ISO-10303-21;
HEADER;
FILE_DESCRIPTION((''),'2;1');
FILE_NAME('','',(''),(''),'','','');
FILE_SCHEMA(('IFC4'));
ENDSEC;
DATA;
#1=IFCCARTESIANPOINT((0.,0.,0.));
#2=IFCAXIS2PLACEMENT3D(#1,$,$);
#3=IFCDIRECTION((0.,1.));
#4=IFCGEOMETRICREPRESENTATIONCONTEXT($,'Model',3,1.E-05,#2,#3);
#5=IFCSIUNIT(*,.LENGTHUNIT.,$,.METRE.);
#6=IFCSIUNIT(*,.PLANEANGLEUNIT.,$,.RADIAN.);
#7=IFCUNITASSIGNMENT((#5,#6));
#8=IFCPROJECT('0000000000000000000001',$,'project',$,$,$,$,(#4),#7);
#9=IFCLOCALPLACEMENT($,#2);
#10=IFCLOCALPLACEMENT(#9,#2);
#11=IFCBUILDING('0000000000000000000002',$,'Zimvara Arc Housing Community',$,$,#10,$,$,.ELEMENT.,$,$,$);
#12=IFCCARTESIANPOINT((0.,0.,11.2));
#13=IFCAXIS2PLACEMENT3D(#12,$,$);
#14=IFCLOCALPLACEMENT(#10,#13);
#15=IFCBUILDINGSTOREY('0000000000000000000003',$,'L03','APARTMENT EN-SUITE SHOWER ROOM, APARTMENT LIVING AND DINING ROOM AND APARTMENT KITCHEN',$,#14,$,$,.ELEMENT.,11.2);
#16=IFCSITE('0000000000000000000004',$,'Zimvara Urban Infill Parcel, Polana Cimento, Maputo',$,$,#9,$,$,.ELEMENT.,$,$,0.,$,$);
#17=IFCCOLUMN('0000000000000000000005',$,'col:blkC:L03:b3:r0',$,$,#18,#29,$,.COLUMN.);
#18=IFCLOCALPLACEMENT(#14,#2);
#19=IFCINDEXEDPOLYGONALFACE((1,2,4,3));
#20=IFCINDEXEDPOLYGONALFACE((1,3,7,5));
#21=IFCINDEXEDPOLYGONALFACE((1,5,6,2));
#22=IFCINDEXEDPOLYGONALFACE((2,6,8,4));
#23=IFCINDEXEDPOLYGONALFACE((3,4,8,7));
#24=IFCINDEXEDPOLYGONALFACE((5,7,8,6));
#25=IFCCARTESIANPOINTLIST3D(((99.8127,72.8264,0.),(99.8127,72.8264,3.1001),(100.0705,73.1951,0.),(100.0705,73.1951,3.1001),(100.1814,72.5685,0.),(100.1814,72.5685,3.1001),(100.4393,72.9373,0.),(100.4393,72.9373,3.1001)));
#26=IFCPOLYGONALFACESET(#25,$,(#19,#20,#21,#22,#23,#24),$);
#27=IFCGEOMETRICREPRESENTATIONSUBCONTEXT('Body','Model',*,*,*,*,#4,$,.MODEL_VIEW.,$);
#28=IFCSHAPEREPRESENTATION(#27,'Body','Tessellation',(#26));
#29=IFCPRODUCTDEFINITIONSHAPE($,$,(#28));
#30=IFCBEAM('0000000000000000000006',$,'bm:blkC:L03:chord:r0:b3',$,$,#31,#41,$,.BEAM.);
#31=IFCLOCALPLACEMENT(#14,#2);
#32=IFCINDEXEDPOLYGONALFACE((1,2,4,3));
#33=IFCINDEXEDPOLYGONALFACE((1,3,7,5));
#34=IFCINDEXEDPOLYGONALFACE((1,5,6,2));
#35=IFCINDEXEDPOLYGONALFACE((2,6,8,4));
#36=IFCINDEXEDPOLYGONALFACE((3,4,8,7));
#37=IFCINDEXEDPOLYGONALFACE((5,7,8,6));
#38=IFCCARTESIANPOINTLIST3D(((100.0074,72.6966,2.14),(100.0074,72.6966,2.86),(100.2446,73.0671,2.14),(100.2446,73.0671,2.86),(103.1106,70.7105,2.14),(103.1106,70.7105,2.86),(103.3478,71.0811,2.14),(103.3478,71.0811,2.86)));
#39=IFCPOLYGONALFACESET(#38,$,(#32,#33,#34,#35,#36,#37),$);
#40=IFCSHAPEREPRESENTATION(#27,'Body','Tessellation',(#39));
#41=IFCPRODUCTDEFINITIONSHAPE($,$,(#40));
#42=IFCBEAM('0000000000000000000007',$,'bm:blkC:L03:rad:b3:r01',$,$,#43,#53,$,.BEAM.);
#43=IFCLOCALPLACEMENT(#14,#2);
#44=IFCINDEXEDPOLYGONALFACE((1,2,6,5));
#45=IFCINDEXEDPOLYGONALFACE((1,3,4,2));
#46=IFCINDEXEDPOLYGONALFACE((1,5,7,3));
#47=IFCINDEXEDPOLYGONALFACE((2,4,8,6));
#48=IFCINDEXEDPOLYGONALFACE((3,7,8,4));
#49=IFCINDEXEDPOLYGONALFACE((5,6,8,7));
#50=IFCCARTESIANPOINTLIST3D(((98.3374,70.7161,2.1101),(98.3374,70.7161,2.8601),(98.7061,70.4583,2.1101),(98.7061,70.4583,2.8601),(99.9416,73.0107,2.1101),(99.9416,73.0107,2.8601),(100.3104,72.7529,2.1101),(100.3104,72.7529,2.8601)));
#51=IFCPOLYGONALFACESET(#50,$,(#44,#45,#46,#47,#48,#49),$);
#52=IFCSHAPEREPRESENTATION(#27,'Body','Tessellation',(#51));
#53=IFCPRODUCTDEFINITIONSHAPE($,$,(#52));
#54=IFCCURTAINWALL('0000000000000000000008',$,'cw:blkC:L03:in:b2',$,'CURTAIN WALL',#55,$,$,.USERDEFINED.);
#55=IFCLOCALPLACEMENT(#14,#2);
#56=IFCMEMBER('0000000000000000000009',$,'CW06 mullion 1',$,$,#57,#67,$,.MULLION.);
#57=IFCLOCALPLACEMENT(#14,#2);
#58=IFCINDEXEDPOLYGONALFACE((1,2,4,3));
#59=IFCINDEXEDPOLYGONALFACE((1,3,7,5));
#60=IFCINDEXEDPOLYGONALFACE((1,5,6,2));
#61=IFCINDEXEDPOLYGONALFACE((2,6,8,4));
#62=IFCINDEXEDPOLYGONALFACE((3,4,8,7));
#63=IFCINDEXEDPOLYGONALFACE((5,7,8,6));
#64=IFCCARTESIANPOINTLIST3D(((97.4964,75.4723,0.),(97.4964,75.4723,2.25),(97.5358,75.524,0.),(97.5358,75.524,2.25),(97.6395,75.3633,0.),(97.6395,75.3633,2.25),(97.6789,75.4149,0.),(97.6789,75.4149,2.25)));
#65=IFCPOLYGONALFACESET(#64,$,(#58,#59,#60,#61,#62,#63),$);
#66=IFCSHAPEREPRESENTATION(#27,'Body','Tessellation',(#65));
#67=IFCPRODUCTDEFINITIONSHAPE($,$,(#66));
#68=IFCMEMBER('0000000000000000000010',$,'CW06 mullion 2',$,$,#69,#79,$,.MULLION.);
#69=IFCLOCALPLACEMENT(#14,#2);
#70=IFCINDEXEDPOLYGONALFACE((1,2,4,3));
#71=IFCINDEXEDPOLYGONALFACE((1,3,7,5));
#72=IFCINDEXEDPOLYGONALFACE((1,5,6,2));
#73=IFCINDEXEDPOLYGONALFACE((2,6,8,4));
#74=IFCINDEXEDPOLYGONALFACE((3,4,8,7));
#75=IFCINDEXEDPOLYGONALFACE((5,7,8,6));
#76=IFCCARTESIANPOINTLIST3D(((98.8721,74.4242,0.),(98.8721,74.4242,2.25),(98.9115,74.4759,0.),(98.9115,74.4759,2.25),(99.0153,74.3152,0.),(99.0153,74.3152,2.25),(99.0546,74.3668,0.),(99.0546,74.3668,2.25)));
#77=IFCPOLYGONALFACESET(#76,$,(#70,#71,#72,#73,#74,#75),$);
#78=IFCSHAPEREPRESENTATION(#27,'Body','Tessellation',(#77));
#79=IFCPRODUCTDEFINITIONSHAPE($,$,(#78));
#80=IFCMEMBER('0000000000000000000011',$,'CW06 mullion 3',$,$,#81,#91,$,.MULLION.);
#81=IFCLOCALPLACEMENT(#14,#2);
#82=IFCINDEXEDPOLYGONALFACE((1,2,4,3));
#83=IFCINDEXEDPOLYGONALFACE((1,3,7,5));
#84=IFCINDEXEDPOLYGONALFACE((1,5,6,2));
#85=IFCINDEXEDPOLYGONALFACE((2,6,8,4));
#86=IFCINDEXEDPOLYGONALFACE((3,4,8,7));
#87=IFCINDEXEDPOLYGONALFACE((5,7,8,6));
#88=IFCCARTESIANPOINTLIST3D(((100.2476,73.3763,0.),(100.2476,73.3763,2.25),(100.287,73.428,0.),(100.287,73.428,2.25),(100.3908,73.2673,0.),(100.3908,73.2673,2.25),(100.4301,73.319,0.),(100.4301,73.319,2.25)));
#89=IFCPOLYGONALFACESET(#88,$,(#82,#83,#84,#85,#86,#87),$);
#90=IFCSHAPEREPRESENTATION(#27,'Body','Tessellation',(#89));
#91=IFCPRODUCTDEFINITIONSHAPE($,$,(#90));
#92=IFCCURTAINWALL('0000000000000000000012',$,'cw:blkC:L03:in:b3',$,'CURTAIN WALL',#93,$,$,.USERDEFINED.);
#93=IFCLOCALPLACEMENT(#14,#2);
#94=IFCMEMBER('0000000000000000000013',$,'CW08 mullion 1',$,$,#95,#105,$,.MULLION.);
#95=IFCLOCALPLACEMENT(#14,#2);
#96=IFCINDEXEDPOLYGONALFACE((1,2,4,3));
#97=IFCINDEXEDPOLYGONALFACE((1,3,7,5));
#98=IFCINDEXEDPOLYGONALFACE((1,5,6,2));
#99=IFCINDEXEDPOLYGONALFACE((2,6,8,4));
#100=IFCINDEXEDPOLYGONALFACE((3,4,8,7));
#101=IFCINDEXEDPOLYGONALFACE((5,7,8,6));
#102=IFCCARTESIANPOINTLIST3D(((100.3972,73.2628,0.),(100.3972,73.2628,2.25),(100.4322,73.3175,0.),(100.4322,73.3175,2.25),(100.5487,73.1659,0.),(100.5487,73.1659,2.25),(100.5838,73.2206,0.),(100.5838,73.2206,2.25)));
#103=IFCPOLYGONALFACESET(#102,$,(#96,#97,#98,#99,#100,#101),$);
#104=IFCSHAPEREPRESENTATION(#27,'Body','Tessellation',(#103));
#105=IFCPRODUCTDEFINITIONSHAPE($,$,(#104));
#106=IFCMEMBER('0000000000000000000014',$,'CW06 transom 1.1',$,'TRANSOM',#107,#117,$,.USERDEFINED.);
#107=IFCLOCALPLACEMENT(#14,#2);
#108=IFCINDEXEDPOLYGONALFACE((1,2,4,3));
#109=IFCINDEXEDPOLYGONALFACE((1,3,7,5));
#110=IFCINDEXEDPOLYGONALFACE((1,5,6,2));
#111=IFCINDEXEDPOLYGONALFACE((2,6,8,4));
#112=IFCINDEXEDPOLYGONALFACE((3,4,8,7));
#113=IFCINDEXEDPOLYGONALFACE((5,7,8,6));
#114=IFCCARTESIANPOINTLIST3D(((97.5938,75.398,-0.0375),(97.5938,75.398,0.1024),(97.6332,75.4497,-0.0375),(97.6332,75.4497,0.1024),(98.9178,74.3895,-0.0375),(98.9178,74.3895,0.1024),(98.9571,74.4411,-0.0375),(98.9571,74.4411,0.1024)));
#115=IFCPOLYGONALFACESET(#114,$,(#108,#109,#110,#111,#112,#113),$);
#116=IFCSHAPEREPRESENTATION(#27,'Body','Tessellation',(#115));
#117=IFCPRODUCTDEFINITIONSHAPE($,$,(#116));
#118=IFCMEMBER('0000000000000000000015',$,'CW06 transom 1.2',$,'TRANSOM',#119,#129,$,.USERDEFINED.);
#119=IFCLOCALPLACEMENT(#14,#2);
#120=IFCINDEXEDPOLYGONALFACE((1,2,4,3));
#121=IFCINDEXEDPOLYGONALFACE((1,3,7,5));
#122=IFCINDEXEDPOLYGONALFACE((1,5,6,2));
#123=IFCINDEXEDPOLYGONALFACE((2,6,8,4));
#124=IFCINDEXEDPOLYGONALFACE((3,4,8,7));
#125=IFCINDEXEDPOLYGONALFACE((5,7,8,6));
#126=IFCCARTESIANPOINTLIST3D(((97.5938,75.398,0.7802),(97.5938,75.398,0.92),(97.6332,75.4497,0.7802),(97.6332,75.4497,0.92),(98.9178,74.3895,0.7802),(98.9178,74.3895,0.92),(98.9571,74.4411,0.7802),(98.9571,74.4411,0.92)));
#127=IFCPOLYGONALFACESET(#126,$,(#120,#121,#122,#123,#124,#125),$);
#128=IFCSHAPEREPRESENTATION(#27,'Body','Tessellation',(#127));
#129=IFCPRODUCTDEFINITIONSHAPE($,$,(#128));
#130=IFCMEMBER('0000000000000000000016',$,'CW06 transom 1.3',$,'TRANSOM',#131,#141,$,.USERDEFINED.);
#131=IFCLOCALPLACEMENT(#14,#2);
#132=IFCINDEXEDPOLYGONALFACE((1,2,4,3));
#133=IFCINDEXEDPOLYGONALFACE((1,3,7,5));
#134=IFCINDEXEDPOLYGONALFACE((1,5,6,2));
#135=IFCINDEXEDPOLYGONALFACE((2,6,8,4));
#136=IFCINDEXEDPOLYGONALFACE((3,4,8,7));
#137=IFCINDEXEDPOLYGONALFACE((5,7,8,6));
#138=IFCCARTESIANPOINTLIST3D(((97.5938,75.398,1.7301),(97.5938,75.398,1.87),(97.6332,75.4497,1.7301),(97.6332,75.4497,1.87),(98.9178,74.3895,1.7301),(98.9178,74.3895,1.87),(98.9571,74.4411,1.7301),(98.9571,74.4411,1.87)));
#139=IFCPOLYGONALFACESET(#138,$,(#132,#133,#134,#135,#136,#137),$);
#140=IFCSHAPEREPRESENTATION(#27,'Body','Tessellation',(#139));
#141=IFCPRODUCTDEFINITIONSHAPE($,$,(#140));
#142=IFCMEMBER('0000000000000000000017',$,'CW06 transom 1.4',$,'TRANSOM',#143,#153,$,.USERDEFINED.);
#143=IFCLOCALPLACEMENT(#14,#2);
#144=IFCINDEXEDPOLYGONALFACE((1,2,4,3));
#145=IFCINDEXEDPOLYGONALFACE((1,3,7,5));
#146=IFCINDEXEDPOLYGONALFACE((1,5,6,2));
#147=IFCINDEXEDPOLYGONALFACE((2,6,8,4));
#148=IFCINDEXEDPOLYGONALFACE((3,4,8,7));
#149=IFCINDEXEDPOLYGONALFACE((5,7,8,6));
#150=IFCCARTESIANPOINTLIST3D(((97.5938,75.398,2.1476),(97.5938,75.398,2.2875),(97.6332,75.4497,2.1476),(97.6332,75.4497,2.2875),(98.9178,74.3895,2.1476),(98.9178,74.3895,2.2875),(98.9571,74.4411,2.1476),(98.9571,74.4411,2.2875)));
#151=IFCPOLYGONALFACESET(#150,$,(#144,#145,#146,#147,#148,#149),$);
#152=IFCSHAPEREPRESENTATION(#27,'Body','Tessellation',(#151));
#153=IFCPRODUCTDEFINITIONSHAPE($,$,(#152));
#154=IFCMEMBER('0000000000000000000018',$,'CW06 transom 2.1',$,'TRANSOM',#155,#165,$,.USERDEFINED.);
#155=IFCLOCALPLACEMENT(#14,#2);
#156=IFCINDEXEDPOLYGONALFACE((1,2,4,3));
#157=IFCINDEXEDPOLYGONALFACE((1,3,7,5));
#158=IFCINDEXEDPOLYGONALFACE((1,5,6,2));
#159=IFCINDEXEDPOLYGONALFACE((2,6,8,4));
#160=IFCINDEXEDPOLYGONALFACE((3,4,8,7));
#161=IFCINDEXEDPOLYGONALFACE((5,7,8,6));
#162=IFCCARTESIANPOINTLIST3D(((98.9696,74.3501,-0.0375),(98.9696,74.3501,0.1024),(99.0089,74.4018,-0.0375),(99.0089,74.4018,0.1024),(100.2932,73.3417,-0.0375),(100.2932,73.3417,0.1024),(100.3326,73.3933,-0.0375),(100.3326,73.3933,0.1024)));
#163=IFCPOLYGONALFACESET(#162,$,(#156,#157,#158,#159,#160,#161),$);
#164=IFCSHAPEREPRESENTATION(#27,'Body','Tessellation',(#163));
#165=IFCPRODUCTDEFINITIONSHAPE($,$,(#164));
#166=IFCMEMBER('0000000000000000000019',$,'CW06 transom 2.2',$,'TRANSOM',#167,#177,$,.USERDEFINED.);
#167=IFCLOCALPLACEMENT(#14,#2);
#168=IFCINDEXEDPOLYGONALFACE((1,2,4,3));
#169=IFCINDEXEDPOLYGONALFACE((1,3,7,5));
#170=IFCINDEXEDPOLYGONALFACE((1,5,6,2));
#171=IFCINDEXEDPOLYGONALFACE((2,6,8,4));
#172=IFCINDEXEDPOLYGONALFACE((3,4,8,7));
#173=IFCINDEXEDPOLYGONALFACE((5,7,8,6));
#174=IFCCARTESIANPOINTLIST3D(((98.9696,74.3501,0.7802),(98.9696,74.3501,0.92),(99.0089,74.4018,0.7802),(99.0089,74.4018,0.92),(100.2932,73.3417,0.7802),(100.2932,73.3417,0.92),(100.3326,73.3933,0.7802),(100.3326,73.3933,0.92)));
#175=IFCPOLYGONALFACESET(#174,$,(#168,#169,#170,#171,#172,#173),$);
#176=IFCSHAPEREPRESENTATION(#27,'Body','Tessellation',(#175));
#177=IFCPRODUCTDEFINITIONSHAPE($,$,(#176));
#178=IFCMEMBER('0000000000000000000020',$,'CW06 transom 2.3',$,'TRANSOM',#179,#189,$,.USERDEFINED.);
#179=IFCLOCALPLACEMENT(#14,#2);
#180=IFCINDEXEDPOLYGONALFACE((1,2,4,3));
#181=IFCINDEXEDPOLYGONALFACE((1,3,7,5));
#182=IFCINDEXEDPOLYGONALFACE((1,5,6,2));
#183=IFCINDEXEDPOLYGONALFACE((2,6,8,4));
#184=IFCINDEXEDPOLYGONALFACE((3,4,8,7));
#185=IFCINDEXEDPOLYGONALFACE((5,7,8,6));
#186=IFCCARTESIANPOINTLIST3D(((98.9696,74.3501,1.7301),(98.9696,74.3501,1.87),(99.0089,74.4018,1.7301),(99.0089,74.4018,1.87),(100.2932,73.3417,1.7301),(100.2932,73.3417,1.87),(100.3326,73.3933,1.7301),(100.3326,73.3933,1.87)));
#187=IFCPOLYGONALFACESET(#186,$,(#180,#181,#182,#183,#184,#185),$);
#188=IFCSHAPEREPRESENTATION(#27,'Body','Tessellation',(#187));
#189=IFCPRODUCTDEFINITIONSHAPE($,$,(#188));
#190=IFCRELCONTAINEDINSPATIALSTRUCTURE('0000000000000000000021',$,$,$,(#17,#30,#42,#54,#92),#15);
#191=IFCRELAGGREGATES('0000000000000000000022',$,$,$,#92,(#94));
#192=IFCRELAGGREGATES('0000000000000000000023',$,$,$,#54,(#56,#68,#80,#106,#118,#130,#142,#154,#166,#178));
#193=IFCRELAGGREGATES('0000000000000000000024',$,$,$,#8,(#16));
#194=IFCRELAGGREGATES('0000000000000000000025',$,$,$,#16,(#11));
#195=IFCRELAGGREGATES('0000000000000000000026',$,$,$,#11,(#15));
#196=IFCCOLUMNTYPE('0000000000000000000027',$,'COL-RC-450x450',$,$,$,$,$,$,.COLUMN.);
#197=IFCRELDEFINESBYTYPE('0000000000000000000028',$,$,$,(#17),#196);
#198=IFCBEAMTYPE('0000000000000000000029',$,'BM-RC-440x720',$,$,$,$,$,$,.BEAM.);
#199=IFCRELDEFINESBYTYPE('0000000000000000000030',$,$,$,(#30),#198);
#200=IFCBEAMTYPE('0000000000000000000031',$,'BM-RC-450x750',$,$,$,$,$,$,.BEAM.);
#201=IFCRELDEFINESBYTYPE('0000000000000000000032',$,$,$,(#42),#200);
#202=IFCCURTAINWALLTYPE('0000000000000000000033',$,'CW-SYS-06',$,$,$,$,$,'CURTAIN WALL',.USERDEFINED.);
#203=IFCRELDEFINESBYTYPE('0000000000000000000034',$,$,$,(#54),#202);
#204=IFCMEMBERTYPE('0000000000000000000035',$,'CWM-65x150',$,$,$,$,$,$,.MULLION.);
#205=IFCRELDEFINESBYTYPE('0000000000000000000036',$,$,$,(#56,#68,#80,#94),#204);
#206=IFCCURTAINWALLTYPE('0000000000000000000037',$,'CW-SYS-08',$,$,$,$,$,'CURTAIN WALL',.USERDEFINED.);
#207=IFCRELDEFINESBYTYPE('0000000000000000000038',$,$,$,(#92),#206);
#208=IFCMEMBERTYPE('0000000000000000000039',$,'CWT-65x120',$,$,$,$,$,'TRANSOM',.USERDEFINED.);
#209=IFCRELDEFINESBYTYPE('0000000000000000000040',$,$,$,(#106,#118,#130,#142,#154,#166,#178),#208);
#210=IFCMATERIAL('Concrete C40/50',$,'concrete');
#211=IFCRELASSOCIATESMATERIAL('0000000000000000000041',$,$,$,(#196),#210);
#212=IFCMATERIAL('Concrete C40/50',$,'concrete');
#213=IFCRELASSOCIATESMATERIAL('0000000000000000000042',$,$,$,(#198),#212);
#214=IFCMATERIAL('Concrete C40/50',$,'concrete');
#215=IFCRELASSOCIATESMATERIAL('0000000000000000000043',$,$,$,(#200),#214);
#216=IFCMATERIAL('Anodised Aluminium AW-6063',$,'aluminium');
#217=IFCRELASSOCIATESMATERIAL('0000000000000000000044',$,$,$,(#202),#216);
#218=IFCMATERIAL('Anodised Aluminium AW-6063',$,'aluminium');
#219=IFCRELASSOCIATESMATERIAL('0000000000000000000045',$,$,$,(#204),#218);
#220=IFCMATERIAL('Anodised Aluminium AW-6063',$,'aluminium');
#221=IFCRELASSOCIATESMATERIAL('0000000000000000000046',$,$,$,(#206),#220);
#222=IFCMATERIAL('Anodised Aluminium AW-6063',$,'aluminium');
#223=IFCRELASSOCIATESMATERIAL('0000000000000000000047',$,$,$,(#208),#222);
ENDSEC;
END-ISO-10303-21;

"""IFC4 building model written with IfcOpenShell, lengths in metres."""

from ifc_helpers import new_model, si_unit, direction, frame, origin, origin_2d, place, context, subcontext, project, spatial, rectangle, extrude, material, material_profile, profile_set, type_object, element, aggregate, save


model = new_model("IFC4")

# Units and contexts
model_context = context("Model", 3, precision=1e-05, world=origin(), true_north=direction((0.0, 1.0)))
body_context = subcontext(model_context, "Body", "Model", "MODEL_VIEW")
ifc_project = project(units=[si_unit("LENGTHUNIT", "METRE"), si_unit("PLANEANGLEUNIT", "RADIAN")], contexts=[model_context])

# Site, building, storey
site_placement = place(None, origin())
site = spatial("IfcSite", under=ifc_project, at=site_placement, Name="Zimvara Urban Infill Parcel, Polana Cimento, Maputo", CompositionType="ELEMENT", RefElevation=0.0)
building_placement = place(site_placement, origin())
building = spatial("IfcBuilding", under=site, at=building_placement, Name="Zimvara Arc Housing Community", CompositionType="ELEMENT")
storey_placement = place(building_placement, frame((0.0, 0.0, 11.2)))
storey = spatial("IfcBuildingStorey", under=building, at=storey_placement, Name="L03", Description="APARTMENT EN-SUITE SHOWER ROOM, APARTMENT LIVING AND DINING ROOM AND APARTMENT KITCHEN", CompositionType="ELEMENT", Elevation=11.2)

# Column
ifc_material_1 = material(Name="Concrete C40/50", Category="concrete")
ifc_material_profile_1 = material_profile(ifc_material_1, rectangle(XDim=0.45, YDim=0.45, at=origin_2d()), Name="RC 450x450")
ifc_profile_set_1 = profile_set([ifc_material_profile_1], Name="Concrete C40/50")
column_type = type_object("IfcColumnType", Name="COL-RC-450x450", PredefinedType="COLUMN", material=ifc_profile_set_1)
column_placement = place(storey_placement, frame((100.126, 72.8818, 0.0), z_axis=(0.0, 0.0, 1.0), x_axis=(-0.573004, -0.819552, 0.0)))
element("IfcColumn", 1, at=column_placement, inside=storey, type_object=column_type, Name="col:blkC:L03:b3:r0", PredefinedType="COLUMN", context=body_context, shape_type="SweptSolid", body=[
    extrude(rectangle(XDim=0.45, YDim=0.45, at=origin_2d()), origin(), (0.0, 0.0, 1.0), 3.1001),
])

# Beams
ifc_material_2 = material(Name="Concrete C40/50", Category="concrete")
ifc_material_profile_2 = material_profile(ifc_material_2, rectangle(XDim=0.4399, YDim=0.72, at=origin_2d()), Name="RC 440x720")
ifc_profile_set_2 = profile_set([ifc_material_profile_2], Name="Concrete C40/50")
beam_type_1 = type_object("IfcBeamType", Name="BM-RC-440x720", PredefinedType="BEAM", material=ifc_profile_set_2)
beam_1_placement = place(storey_placement, frame((100.126, 72.8818, 2.5), z_axis=(0.842273, -0.539052, 0.0), x_axis=(0.539052, 0.842273, 0.0)))
element("IfcBeam", 2, at=beam_1_placement, inside=storey, type_object=beam_type_1, Name="bm:blkC:L03:chord:r0:b3", PredefinedType="BEAM", context=body_context, shape_type="SweptSolid", body=[
    extrude(rectangle(XDim=0.4399, YDim=0.72, at=origin_2d()), origin(), (0.0, 0.0, 1.0), 3.6843),
])
ifc_material_3 = material(Name="Concrete C40/50", Category="concrete")
ifc_material_profile_3 = material_profile(ifc_material_3, rectangle(XDim=0.45, YDim=0.75, at=origin_2d()), Name="RC 450x750")
ifc_profile_set_3 = profile_set([ifc_material_profile_3], Name="Concrete C40/50")
beam_type_2 = type_object("IfcBeamType", Name="BM-RC-450x750", PredefinedType="BEAM", material=ifc_profile_set_3)
beam_2_placement = place(storey_placement, frame((100.126, 72.8818, 2.4851), z_axis=(-0.572977, -0.819572, 0.0), x_axis=(0.819572, -0.572977, 0.0)))
element("IfcBeam", 3, at=beam_2_placement, inside=storey, type_object=beam_type_2, Name="bm:blkC:L03:rad:b3:r01", PredefinedType="BEAM", context=body_context, shape_type="SweptSolid", body=[
    extrude(rectangle(XDim=0.45, YDim=0.75, at=origin_2d()), origin(), (0.0, 0.0, 1.0), 2.7998),
])

# Curtain wall, members
ifc_material_4 = material(Name="Anodised Aluminium AW-6063", Category="aluminium")
curtain_wall_type_1 = type_object("IfcCurtainWallType", Name="CW-SYS-06", ElementType="CURTAIN WALL", PredefinedType="USERDEFINED", material=ifc_material_4)
curtain_wall_1_placement = place(storey_placement, origin())
curtain_wall_1 = element("IfcCurtainWall", 4, at=curtain_wall_1_placement, inside=storey, type_object=curtain_wall_type_1, Name="cw:blkC:L03:in:b2", ObjectType="CURTAIN WALL", PredefinedType="USERDEFINED")
ifc_material_5 = material(Name="Anodised Aluminium AW-6063", Category="aluminium")
ifc_material_profile_4 = material_profile(ifc_material_5, rectangle(XDim=0.0649, YDim=0.1799, at=origin_2d()), Name="ALU 65x180")
ifc_profile_set_4 = profile_set([ifc_material_profile_4], Name="Anodised Aluminium AW-6063")
member_type_1 = type_object("IfcMemberType", Name="CWM-65x150", PredefinedType="MULLION", material=ifc_profile_set_4)
member_1_placement = place(storey_placement, frame((97.5876, 75.4436, 0.0), z_axis=(0.0, 0.0, 1.0), x_axis=(0.605988, 0.795474, 0.0)))
member_1 = element("IfcMember", 5, at=member_1_placement, type_object=member_type_1, Name="CW06 mullion 1", PredefinedType="MULLION", context=body_context, shape_type="SweptSolid", body=[
    extrude(rectangle(XDim=0.0649, YDim=0.1799, at=origin_2d()), origin(), (0.0, 0.0, 1.0), 2.25),
])
member_2_placement = place(storey_placement, frame((98.9634, 74.3955, 0.0), z_axis=(0.0, 0.0, 1.0), x_axis=(0.605988, 0.795474, 0.0)))
member_2 = element("IfcMember", 6, at=member_2_placement, type_object=member_type_1, Name="CW06 mullion 2", PredefinedType="MULLION", context=body_context, shape_type="SweptSolid", body=[
    extrude(rectangle(XDim=0.0649, YDim=0.1799, at=origin_2d()), origin(), (0.0, 0.0, 1.0), 2.25),
])
member_3_placement = place(storey_placement, frame((100.3389, 73.3477, 0.0), z_axis=(0.0, 0.0, 1.0), x_axis=(0.605988, 0.795474, 0.0)))
member_3 = element("IfcMember", 7, at=member_3_placement, type_object=member_type_1, Name="CW06 mullion 3", PredefinedType="MULLION", context=body_context, shape_type="SweptSolid", body=[
    extrude(rectangle(XDim=0.0649, YDim=0.1799, at=origin_2d()), origin(), (0.0, 0.0, 1.0), 2.25),
])

# Curtain wall, member
ifc_material_6 = material(Name="Anodised Aluminium AW-6063", Category="aluminium")
curtain_wall_type_2 = type_object("IfcCurtainWallType", Name="CW-SYS-08", ElementType="CURTAIN WALL", PredefinedType="USERDEFINED", material=ifc_material_6)
curtain_wall_2_placement = place(storey_placement, origin())
curtain_wall_2 = element("IfcCurtainWall", 8, at=curtain_wall_2_placement, inside=storey, type_object=curtain_wall_type_2, Name="cw:blkC:L03:in:b3", ObjectType="CURTAIN WALL", PredefinedType="USERDEFINED")
member_4_placement = place(storey_placement, frame((100.4905, 73.2417, 0.0), z_axis=(0.0, 0.0, 1.0), x_axis=(0.539064, 0.842265, 0.0)))
member_4 = element("IfcMember", 9, at=member_4_placement, type_object=member_type_1, Name="CW08 mullion 1", PredefinedType="MULLION", context=body_context, shape_type="SweptSolid", body=[
    extrude(rectangle(XDim=0.0649, YDim=0.1799, at=origin_2d()), origin(), (0.0, 0.0, 1.0), 2.25),
])

# Members
ifc_material_7 = material(Name="Anodised Aluminium AW-6063", Category="aluminium")
ifc_material_profile_5 = material_profile(ifc_material_7, rectangle(XDim=0.0649, YDim=0.1399, at=origin_2d()), Name="ALU 65x140")
ifc_profile_set_5 = profile_set([ifc_material_profile_5], Name="Anodised Aluminium AW-6063")
member_type_2 = type_object("IfcMemberType", Name="CWT-65x120", ElementType="TRANSOM", PredefinedType="USERDEFINED", material=ifc_profile_set_5)
member_5_placement = place(storey_placement, frame((97.6135, 75.4238, 0.0325), z_axis=(0.795489, -0.605968, 0.0), x_axis=(0.605968, 0.795489, 0.0)))
member_5 = element("IfcMember", 10, at=member_5_placement, type_object=member_type_2, Name="CW06 transom 1.1", ObjectType="TRANSOM", PredefinedType="USERDEFINED", context=body_context, shape_type="SweptSolid", body=[
    extrude(rectangle(XDim=0.0649, YDim=0.1399, at=origin_2d()), origin(), (0.0, 0.0, 1.0), 1.6643),
])
member_6_placement = place(storey_placement, frame((97.6135, 75.4238, 0.8501), z_axis=(0.795489, -0.605968, 0.0), x_axis=(0.605968, 0.795489, 0.0)))
member_6 = element("IfcMember", 11, at=member_6_placement, type_object=member_type_2, Name="CW06 transom 1.2", ObjectType="TRANSOM", PredefinedType="USERDEFINED", context=body_context, shape_type="SweptSolid", body=[
    extrude(rectangle(XDim=0.0649, YDim=0.1399, at=origin_2d()), origin(), (0.0, 0.0, 1.0), 1.6643),
])
member_7_placement = place(storey_placement, frame((97.6135, 75.4238, 1.8), z_axis=(0.795489, -0.605968, 0.0), x_axis=(0.605968, 0.795489, 0.0)))
member_7 = element("IfcMember", 12, at=member_7_placement, type_object=member_type_2, Name="CW06 transom 1.3", ObjectType="TRANSOM", PredefinedType="USERDEFINED", context=body_context, shape_type="SweptSolid", body=[
    extrude(rectangle(XDim=0.0649, YDim=0.1399, at=origin_2d()), origin(), (0.0, 0.0, 1.0), 1.6643),
])
member_8_placement = place(storey_placement, frame((97.6135, 75.4238, 2.2175), z_axis=(0.795489, -0.605968, 0.0), x_axis=(0.605968, 0.795489, 0.0)))
member_8 = element("IfcMember", 13, at=member_8_placement, type_object=member_type_2, Name="CW06 transom 1.4", ObjectType="TRANSOM", PredefinedType="USERDEFINED", context=body_context, shape_type="SweptSolid", body=[
    extrude(rectangle(XDim=0.0649, YDim=0.1399, at=origin_2d()), origin(), (0.0, 0.0, 1.0), 1.6643),
])
member_9_placement = place(storey_placement, frame((98.9893, 74.376, 0.0325), z_axis=(0.795435, -0.606039, 0.0), x_axis=(0.606039, 0.795435, 0.0)))
member_9 = element("IfcMember", 14, at=member_9_placement, type_object=member_type_2, Name="CW06 transom 2.1", ObjectType="TRANSOM", PredefinedType="USERDEFINED", context=body_context, shape_type="SweptSolid", body=[
    extrude(rectangle(XDim=0.0649, YDim=0.1399, at=origin_2d()), origin(), (0.0, 0.0, 1.0), 1.6641),
])
member_10_placement = place(storey_placement, frame((98.9893, 74.376, 0.8501), z_axis=(0.795435, -0.606039, 0.0), x_axis=(0.606039, 0.795435, 0.0)))
member_10 = element("IfcMember", 15, at=member_10_placement, type_object=member_type_2, Name="CW06 transom 2.2", ObjectType="TRANSOM", PredefinedType="USERDEFINED", context=body_context, shape_type="SweptSolid", body=[
    extrude(rectangle(XDim=0.0649, YDim=0.1399, at=origin_2d()), origin(), (0.0, 0.0, 1.0), 1.6641),
])
member_11_placement = place(storey_placement, frame((98.9893, 74.376, 1.8), z_axis=(0.795435, -0.606039, 0.0), x_axis=(0.606039, 0.795435, 0.0)))
member_11 = element("IfcMember", 16, at=member_11_placement, type_object=member_type_2, Name="CW06 transom 2.3", ObjectType="TRANSOM", PredefinedType="USERDEFINED", context=body_context, shape_type="SweptSolid", body=[
    extrude(rectangle(XDim=0.0649, YDim=0.1399, at=origin_2d()), origin(), (0.0, 0.0, 1.0), 1.6641),
])

aggregate(curtain_wall_2, [member_4])
aggregate(curtain_wall_1, [member_1, member_2, member_3, member_5, member_6, member_7, member_8, member_9, member_10, member_11])

save(model, "model.ifc")
